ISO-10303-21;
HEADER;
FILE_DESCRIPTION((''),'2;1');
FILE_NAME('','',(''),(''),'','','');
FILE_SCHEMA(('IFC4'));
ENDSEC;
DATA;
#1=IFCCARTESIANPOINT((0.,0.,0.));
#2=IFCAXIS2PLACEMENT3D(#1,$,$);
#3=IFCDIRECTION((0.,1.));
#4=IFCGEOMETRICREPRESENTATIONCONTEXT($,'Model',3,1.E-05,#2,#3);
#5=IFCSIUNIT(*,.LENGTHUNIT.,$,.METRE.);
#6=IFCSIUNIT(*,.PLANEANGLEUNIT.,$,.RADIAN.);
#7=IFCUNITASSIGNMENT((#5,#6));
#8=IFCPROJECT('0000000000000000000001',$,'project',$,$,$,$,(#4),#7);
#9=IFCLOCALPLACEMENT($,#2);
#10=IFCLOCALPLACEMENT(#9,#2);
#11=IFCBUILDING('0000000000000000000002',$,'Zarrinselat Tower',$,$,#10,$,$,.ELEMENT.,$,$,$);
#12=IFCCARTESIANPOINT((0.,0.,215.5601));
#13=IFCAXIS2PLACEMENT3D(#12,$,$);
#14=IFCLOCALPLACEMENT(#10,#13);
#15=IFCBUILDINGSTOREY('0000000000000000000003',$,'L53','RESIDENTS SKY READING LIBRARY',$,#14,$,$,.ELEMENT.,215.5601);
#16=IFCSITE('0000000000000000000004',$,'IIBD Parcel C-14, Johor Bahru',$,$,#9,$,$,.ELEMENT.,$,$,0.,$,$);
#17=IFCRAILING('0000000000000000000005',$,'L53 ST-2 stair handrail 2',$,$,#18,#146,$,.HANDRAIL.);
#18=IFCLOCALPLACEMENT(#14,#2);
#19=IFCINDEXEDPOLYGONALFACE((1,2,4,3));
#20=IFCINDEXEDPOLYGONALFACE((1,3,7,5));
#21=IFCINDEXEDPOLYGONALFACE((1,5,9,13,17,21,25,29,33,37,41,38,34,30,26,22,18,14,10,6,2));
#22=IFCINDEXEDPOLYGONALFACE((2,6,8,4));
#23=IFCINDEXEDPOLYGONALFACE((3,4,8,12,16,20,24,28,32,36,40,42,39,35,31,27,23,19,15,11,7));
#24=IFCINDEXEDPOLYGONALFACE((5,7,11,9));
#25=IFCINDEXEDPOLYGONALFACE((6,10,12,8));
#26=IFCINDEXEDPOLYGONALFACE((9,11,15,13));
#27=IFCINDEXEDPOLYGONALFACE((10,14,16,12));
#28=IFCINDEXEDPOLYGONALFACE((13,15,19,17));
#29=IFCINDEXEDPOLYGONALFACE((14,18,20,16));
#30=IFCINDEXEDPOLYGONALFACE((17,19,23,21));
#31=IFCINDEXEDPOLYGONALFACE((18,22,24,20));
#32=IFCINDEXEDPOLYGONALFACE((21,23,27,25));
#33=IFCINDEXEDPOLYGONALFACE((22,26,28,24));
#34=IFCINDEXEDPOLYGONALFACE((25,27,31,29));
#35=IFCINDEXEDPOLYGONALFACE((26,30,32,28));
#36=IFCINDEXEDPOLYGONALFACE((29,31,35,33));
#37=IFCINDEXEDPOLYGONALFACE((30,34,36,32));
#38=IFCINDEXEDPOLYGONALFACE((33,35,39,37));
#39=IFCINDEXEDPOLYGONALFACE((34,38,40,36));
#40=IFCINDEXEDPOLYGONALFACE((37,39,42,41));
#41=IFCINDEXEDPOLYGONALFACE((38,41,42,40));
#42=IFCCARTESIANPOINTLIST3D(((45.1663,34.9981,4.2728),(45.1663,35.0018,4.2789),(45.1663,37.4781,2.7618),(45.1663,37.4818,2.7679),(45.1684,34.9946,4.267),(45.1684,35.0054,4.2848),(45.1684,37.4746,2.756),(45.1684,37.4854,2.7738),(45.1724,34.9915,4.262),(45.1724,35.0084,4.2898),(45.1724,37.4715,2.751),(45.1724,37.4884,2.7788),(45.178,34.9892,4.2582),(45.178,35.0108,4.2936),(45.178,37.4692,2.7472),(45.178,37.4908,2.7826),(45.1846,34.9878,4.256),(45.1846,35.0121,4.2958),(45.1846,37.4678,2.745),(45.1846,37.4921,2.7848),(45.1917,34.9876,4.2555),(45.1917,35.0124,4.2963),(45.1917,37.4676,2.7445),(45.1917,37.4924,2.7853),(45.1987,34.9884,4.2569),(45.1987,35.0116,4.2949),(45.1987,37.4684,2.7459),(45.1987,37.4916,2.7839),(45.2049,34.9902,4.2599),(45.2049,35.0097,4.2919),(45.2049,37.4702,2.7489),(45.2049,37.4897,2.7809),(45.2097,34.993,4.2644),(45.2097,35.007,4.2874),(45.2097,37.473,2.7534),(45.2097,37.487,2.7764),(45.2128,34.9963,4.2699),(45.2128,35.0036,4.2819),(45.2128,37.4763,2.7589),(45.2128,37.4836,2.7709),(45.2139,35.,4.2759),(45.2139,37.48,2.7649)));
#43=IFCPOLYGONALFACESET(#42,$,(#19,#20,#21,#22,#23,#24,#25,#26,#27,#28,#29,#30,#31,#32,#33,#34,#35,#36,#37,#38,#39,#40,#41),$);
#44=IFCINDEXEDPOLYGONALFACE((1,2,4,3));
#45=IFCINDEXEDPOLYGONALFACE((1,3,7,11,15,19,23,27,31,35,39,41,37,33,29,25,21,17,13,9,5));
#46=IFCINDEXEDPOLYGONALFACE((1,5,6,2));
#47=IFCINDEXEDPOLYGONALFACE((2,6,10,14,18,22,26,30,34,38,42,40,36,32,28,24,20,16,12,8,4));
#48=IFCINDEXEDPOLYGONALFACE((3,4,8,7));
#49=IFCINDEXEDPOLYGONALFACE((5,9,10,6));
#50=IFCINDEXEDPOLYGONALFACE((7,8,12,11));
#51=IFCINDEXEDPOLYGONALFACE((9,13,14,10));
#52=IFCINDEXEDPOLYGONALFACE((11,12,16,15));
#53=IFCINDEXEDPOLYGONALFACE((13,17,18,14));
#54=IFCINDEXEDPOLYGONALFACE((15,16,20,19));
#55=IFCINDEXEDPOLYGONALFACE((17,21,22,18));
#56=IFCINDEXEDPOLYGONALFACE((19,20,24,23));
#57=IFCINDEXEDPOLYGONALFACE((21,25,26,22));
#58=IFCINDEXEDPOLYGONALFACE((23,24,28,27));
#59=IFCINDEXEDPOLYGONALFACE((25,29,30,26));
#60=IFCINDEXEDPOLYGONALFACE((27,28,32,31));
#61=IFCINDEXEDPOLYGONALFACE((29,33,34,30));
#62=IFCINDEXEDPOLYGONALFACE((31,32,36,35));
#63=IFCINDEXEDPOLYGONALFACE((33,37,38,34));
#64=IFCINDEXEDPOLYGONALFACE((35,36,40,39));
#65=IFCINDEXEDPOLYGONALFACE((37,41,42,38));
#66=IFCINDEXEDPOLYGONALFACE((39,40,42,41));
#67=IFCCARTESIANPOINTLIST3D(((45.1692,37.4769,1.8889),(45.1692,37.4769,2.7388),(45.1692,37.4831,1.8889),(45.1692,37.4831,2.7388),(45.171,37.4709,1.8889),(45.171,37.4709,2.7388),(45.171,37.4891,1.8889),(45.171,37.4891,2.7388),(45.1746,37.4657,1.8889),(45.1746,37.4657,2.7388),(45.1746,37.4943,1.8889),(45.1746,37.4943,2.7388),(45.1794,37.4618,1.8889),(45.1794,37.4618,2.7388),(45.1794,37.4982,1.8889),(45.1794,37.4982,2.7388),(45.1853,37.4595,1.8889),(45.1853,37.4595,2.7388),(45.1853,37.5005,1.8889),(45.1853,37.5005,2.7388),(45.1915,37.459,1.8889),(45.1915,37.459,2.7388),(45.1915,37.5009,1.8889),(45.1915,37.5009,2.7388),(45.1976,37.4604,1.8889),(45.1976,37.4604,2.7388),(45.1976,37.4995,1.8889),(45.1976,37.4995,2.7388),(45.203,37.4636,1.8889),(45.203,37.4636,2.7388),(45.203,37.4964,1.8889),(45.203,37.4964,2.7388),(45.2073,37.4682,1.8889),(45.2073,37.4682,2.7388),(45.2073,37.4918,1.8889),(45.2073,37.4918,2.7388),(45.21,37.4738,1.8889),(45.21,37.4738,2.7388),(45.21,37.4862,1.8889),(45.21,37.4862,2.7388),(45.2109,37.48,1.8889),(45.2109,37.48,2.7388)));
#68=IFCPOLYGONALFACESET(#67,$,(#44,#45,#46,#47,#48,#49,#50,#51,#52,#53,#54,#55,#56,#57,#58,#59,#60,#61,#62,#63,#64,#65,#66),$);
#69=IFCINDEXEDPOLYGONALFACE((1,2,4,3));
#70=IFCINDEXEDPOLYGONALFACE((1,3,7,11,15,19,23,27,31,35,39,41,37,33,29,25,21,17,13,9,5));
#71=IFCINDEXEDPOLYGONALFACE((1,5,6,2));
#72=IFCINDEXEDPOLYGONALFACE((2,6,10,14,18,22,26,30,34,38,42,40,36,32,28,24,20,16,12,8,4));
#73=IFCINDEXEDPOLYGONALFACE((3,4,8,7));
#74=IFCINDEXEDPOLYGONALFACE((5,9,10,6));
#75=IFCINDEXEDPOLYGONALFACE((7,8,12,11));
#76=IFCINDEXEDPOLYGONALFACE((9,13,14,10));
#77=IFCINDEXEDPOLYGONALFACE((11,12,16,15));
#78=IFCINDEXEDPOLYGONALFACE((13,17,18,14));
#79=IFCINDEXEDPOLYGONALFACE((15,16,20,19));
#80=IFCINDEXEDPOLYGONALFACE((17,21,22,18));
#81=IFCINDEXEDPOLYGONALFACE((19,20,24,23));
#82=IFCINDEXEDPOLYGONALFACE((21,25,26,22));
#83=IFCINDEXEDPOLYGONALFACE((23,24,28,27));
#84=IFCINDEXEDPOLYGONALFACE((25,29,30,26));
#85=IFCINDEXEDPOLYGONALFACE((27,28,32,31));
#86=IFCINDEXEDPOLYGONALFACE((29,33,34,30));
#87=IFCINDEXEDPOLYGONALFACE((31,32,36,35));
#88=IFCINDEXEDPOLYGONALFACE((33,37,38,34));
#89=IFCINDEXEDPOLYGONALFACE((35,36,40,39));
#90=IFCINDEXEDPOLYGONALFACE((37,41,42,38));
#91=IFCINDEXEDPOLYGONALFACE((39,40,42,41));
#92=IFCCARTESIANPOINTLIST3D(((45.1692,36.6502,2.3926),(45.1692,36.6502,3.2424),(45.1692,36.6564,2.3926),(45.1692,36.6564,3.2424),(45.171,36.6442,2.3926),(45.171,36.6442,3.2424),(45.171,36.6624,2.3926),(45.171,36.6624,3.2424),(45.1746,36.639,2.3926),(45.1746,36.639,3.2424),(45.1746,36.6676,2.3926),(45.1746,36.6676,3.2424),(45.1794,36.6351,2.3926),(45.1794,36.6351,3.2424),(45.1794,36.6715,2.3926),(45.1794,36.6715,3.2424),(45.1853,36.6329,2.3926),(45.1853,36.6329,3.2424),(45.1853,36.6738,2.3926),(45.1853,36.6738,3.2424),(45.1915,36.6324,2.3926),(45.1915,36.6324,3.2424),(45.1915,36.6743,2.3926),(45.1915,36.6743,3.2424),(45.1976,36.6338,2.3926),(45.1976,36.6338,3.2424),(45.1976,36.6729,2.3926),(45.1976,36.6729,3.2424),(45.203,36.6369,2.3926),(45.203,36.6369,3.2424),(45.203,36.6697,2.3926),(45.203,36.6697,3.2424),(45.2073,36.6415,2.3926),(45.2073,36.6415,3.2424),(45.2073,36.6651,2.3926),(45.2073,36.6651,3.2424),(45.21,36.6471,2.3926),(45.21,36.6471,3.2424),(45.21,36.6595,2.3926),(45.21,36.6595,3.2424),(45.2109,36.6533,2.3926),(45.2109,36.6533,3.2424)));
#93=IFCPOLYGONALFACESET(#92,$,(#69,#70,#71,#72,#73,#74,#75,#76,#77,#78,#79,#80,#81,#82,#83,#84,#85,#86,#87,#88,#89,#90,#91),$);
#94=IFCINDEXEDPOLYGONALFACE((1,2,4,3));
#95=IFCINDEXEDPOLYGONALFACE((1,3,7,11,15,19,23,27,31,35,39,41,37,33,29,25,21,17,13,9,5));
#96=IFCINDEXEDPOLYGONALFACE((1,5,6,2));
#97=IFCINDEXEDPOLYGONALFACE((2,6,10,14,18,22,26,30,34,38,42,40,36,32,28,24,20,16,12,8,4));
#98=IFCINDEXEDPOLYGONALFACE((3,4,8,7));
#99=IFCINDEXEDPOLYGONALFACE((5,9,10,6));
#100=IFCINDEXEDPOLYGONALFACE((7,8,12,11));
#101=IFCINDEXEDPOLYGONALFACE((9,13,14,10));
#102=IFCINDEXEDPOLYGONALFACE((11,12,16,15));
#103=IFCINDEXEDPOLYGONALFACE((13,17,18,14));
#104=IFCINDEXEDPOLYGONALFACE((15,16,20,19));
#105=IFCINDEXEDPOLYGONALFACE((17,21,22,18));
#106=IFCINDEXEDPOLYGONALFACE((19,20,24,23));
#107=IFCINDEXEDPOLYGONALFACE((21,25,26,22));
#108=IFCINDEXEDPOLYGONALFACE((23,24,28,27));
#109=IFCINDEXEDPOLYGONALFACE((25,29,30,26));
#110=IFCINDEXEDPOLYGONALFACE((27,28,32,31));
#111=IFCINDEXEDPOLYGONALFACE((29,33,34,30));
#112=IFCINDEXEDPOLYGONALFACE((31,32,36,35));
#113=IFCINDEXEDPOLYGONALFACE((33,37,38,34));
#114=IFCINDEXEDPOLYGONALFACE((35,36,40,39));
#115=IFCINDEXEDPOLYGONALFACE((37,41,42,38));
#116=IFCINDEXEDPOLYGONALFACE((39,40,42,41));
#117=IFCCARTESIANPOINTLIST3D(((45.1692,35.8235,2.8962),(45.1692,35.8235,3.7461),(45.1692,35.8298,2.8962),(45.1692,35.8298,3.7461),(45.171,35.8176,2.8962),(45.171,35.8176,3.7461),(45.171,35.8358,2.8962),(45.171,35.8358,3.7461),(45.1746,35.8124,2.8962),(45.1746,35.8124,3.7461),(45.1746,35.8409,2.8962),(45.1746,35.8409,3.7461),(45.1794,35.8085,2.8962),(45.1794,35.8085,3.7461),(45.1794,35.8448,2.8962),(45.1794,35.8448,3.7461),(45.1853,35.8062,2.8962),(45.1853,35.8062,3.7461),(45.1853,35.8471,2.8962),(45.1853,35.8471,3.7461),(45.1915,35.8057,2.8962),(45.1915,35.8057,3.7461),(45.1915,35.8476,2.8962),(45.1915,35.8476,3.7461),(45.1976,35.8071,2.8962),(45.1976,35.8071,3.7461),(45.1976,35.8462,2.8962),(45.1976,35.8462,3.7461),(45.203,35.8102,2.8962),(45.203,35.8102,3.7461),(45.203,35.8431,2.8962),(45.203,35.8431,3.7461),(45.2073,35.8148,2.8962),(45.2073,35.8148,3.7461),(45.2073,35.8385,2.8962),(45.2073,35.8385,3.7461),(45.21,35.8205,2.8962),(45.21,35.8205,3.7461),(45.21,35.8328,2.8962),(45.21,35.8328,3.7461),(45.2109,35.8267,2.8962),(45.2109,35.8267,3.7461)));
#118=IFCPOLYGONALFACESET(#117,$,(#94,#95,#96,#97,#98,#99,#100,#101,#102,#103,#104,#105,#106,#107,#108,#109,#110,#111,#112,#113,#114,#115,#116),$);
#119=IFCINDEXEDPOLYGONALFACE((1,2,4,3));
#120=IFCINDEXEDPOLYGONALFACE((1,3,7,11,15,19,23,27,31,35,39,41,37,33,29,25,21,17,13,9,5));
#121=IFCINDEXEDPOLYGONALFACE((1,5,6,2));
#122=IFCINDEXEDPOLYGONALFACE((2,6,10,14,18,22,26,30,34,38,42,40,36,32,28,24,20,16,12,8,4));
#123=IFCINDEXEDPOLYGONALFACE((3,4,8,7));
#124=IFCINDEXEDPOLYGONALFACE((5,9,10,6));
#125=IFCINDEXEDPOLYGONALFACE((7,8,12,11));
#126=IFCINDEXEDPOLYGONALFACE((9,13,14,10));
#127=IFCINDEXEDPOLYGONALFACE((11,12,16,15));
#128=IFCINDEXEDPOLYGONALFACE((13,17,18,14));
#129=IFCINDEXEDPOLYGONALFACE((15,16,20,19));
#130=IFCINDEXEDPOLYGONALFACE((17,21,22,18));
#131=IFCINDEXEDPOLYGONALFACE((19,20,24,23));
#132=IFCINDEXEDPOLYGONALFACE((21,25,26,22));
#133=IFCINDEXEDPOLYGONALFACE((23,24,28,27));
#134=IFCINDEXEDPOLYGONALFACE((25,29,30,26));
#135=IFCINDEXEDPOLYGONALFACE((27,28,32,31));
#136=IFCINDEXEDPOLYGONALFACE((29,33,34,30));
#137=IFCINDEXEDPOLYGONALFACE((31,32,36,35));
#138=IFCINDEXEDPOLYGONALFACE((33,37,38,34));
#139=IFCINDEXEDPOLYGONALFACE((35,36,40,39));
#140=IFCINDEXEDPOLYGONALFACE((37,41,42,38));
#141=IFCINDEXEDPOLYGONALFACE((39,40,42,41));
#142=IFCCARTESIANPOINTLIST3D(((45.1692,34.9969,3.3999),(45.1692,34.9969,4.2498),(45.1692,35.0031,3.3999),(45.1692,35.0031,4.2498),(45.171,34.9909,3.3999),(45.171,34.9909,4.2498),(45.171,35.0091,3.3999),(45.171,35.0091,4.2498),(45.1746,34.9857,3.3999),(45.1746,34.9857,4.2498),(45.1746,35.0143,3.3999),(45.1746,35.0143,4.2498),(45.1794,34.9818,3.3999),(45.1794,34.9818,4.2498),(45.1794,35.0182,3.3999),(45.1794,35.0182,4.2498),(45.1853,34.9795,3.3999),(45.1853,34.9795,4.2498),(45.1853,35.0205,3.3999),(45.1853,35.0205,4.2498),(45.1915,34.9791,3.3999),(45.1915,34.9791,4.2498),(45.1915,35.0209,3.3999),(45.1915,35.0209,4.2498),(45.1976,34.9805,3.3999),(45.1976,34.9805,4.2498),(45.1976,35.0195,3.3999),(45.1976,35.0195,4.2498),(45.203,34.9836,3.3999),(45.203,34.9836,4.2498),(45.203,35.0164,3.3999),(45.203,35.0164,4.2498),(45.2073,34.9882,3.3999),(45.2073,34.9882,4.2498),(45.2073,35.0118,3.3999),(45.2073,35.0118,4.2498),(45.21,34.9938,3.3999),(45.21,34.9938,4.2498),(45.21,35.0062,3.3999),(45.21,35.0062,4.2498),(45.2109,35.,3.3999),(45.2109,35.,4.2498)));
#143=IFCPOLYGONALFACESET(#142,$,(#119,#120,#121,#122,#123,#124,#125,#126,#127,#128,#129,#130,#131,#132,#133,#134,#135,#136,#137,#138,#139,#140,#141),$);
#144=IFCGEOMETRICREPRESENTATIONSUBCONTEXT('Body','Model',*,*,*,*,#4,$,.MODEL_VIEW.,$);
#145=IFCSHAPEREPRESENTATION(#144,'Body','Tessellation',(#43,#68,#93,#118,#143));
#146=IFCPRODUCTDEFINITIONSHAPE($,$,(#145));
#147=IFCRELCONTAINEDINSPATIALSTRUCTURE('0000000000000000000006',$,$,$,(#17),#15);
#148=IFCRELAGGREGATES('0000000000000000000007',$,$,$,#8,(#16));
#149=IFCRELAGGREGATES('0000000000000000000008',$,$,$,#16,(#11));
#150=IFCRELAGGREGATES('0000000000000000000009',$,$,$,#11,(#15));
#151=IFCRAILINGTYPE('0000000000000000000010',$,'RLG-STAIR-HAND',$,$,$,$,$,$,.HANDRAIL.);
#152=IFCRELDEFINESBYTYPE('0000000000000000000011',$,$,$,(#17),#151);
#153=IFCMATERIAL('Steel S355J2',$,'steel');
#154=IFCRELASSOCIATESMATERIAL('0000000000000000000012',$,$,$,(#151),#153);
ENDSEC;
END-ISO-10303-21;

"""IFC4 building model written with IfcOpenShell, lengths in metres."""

from ifc_helpers import new_model, si_unit, direction, frame, origin, origin_2d, place, context, subcontext, project, spatial, circle, extrude, material, type_object, element, save


model = new_model("IFC4")

# Units and contexts
model_context = context("Model", 3, precision=1e-05, world=origin(), true_north=direction((0.0, 1.0)))
body_context = subcontext(model_context, "Body", "Model", "MODEL_VIEW")
ifc_project = project(units=[si_unit("LENGTHUNIT", "METRE"), si_unit("PLANEANGLEUNIT", "RADIAN")], contexts=[model_context])

# Site, building, storey
site_placement = place(None, origin())
site = spatial("IfcSite", under=ifc_project, at=site_placement, Name="IIBD Parcel C-14, Johor Bahru", CompositionType="ELEMENT", RefElevation=0.0)
building_placement = place(site_placement, origin())
building = spatial("IfcBuilding", under=site, at=building_placement, Name="Zarrinselat Tower", CompositionType="ELEMENT")
storey_placement = place(building_placement, frame((0.0, 0.0, 215.5601)))
storey = spatial("IfcBuildingStorey", under=building, at=storey_placement, Name="L53", Description="RESIDENTS SKY READING LIBRARY", CompositionType="ELEMENT", Elevation=215.5601)

# Railing
ifc_material_1 = material(Name="Steel S355J2", Category="steel")
railing_type = type_object("IfcRailingType", Name="RLG-STAIR-HAND", PredefinedType="HANDRAIL", material=ifc_material_1)
railing_placement = place(storey_placement, frame((45.1899, 37.48, 1.8889)))
element("IfcRailing", 1, at=railing_placement, inside=storey, type_object=railing_type, Name="L53 ST-2 stair handrail 2", PredefinedType="HANDRAIL", context=body_context, shape_type="SweptSolid", body=[
    extrude(circle(Radius=0.0239, at=origin_2d()), frame((0.0, 0.0, 0.876), z_axis=(0.0, -0.853979, 0.520307), x_axis=(1.0, 0.0, 0.0)), (0.0, 0.0, 1.0), 2.9041),
    extrude(circle(Radius=0.021, at=origin_2d()), origin(), (0.0, 0.0, 1.0), 0.8499),
    extrude(circle(Radius=0.021, at=origin_2d()), frame((0.0, -0.8267, 0.5037)), (0.0, 0.0, 1.0), 0.8499),
    extrude(circle(Radius=0.021, at=origin_2d()), frame((0.0, -1.6533, 1.0073)), (0.0, 0.0, 1.0), 0.8499),
    extrude(circle(Radius=0.021, at=origin_2d()), frame((0.0, -2.48, 1.511)), (0.0, 0.0, 1.0), 0.8499),
])

save(model, "model.ifc")
